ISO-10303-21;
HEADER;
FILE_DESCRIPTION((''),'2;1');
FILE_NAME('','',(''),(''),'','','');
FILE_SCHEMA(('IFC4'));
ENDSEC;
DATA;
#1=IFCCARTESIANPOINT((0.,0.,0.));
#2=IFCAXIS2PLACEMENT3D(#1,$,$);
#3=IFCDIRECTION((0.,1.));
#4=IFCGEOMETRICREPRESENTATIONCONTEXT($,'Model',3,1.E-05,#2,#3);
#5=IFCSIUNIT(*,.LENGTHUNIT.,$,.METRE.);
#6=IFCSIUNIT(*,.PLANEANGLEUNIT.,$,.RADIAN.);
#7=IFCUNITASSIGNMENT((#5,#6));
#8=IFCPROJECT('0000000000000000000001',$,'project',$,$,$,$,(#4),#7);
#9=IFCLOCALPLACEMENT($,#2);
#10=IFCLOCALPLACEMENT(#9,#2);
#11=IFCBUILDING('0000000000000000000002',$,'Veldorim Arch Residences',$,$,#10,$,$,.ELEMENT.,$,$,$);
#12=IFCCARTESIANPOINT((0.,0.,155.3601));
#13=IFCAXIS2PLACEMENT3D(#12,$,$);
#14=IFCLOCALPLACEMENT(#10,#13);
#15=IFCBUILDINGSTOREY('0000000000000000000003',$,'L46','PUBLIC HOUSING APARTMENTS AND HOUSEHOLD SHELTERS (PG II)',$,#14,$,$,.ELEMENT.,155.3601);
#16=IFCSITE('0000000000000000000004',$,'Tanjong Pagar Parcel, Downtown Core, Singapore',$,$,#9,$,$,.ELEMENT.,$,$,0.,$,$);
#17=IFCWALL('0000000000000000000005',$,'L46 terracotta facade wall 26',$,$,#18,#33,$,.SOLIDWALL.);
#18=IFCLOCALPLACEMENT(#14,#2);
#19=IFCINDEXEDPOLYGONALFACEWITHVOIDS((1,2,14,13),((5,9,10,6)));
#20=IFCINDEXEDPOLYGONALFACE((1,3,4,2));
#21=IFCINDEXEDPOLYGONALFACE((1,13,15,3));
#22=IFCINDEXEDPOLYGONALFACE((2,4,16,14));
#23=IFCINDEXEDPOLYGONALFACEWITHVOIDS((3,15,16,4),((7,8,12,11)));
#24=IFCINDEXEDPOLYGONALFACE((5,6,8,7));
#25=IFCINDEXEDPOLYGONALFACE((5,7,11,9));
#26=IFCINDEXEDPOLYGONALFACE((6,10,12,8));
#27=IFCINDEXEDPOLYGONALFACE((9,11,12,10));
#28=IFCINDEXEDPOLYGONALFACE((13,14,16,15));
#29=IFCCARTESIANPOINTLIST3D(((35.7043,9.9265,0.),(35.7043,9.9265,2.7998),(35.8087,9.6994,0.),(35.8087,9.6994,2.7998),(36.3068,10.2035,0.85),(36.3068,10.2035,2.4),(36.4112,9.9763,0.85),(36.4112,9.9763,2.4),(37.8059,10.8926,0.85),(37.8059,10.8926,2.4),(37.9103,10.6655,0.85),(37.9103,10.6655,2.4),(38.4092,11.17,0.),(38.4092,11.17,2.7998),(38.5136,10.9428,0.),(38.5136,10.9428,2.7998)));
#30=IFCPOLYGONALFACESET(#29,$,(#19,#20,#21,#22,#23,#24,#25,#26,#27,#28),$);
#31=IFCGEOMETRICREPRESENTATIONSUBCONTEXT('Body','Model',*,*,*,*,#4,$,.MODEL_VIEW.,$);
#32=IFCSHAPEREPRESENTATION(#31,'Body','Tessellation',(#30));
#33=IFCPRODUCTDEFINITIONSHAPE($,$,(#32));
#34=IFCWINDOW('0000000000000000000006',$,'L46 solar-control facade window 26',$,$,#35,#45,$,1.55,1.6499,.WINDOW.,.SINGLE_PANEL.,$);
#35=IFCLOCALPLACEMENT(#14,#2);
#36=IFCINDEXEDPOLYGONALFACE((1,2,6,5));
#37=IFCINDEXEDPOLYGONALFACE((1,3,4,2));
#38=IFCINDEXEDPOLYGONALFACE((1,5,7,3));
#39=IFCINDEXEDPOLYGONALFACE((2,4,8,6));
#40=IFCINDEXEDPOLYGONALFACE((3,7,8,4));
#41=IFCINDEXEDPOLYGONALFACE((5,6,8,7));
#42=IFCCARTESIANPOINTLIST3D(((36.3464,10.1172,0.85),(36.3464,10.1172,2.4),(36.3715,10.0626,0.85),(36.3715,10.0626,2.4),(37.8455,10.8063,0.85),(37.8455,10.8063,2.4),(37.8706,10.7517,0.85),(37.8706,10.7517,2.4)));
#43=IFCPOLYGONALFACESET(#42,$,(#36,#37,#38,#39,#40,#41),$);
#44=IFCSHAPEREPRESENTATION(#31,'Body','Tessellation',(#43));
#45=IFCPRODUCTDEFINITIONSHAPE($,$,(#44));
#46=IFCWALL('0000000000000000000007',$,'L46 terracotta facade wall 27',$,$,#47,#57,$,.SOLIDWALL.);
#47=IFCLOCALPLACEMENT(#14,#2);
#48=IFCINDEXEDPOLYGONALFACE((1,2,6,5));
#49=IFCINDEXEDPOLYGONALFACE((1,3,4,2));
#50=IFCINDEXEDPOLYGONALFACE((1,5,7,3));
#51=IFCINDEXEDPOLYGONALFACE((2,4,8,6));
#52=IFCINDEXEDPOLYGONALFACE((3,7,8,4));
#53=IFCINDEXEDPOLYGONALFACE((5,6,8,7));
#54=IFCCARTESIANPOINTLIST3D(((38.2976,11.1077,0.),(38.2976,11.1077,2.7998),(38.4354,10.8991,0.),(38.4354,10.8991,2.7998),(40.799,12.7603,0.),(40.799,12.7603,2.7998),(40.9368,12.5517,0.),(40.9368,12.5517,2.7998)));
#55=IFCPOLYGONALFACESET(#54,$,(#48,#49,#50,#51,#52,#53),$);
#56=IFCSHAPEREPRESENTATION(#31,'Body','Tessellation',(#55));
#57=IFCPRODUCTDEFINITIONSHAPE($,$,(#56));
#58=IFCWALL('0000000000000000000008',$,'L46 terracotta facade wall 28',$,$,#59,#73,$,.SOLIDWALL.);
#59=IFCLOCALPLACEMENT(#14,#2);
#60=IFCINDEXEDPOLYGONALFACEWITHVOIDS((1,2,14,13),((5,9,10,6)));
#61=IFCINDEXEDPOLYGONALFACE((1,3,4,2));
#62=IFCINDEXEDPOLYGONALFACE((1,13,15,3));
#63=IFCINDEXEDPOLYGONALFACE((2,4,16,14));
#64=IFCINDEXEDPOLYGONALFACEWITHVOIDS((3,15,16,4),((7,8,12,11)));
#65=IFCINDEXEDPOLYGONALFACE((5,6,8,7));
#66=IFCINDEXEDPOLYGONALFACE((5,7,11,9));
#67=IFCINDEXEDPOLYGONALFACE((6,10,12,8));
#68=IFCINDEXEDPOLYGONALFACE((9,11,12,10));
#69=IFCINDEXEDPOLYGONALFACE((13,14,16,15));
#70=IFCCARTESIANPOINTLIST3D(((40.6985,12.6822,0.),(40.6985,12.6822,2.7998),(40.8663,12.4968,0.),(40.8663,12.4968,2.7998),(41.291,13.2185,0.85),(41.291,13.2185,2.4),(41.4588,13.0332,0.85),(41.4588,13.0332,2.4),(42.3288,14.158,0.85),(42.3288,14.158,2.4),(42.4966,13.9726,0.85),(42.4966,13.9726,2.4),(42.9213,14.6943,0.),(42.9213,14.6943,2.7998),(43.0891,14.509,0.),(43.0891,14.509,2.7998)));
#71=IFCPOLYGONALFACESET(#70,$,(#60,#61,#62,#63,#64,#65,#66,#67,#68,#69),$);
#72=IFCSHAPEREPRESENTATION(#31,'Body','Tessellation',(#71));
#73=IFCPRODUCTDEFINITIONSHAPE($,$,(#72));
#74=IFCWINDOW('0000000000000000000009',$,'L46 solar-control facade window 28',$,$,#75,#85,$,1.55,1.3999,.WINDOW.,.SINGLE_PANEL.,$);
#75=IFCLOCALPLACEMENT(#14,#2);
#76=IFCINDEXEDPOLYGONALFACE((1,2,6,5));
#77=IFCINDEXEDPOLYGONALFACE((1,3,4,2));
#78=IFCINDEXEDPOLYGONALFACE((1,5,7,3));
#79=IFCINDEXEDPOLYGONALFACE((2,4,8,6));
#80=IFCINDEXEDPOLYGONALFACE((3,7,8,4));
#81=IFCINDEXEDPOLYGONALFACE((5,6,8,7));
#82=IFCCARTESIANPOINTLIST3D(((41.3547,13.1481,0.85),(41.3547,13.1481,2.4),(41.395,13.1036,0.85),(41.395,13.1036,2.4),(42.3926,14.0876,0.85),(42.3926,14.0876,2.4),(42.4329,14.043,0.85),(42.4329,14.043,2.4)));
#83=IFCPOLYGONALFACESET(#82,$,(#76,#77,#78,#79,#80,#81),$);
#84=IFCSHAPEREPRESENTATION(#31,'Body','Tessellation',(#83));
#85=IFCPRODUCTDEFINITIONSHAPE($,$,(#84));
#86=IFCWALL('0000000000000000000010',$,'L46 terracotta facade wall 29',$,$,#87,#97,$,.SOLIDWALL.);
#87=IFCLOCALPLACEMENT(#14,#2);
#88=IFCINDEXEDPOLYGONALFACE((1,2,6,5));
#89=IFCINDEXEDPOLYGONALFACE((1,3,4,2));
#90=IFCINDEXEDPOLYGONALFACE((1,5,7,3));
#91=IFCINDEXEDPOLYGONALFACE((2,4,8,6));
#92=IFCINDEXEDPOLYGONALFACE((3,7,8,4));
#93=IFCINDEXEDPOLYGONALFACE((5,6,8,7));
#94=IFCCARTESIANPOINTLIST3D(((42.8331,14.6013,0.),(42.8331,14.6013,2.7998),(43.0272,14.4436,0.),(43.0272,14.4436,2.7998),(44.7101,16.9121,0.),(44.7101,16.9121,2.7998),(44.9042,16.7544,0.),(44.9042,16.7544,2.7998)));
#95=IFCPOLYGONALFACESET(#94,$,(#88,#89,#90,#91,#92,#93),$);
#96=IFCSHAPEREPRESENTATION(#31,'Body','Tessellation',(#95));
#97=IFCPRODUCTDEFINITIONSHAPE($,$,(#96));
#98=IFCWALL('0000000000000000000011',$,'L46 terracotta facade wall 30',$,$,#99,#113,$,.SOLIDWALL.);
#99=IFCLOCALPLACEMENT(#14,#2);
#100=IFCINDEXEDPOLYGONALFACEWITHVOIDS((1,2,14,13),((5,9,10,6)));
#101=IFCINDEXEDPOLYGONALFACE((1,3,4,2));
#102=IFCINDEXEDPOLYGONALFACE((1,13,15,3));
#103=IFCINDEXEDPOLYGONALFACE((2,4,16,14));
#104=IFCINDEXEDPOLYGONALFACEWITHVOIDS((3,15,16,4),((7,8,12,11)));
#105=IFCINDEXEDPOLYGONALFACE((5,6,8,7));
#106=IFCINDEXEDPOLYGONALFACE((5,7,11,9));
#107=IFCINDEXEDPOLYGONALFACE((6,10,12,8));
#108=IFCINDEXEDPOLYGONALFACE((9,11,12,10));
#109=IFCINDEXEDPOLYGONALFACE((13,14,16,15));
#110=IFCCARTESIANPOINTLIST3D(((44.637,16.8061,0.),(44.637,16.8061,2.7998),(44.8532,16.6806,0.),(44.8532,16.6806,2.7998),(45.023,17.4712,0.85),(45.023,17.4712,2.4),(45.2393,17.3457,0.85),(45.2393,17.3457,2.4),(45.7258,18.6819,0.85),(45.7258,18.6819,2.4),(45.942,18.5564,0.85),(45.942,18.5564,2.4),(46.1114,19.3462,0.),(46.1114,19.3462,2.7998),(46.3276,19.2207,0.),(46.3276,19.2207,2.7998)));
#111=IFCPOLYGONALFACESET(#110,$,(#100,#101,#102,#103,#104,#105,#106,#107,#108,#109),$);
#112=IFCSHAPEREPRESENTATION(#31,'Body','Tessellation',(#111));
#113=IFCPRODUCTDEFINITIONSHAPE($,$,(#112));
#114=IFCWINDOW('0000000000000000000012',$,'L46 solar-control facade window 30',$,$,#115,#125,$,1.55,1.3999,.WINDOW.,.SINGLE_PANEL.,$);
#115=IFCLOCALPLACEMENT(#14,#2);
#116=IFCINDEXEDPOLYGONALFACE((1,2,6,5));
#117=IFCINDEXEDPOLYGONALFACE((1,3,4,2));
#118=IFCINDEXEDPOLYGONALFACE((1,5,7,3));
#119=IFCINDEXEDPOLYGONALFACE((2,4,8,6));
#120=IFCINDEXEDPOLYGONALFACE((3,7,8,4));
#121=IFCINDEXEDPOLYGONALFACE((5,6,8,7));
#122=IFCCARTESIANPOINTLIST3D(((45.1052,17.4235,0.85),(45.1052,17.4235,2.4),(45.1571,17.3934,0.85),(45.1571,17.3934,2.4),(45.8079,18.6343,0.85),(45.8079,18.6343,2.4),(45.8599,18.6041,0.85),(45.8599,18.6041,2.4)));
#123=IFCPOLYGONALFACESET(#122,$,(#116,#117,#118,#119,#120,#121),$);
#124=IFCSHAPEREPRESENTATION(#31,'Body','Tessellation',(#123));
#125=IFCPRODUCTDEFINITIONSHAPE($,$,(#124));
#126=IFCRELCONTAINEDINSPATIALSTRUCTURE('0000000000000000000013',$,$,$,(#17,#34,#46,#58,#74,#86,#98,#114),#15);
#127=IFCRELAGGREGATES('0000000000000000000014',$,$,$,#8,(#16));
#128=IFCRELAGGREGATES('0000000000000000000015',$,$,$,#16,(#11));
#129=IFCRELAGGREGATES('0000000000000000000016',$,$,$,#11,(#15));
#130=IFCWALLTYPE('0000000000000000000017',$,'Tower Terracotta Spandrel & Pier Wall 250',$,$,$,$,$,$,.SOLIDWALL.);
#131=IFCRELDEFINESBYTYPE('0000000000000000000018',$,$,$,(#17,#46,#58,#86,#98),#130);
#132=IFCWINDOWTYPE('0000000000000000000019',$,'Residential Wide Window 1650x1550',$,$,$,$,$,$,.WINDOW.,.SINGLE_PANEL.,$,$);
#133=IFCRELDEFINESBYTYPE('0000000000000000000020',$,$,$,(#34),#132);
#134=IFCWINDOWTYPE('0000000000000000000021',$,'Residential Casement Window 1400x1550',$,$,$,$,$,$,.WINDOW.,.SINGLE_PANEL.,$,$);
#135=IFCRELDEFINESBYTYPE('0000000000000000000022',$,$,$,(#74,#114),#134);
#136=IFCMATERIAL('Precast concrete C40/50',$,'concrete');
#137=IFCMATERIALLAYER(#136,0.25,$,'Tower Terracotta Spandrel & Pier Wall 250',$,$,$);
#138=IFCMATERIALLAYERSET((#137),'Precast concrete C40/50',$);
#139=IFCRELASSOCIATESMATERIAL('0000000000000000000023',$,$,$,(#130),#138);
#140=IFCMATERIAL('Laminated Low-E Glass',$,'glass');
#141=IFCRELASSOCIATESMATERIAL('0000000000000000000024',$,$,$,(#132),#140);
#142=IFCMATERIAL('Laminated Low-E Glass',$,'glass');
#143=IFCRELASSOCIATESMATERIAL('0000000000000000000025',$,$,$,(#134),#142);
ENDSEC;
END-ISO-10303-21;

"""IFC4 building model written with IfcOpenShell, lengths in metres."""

from ifc_helpers import new_model, si_unit, direction, frame, frame_2d, origin, place, context, subcontext, project, spatial, rectangle, extrude, material, layer, layer_set, type_object, element, fill, save


model = new_model("IFC4")

# Units and contexts
model_context = context("Model", 3, precision=1e-05, world=origin(), true_north=direction((0.0, 1.0)))
body_context = subcontext(model_context, "Body", "Model", "MODEL_VIEW")
ifc_project = project(units=[si_unit("LENGTHUNIT", "METRE"), si_unit("PLANEANGLEUNIT", "RADIAN")], contexts=[model_context])

# Site, building, storey
site_placement = place(None, origin())
site = spatial("IfcSite", under=ifc_project, at=site_placement, Name="Tanjong Pagar Parcel, Downtown Core, Singapore", CompositionType="ELEMENT", RefElevation=0.0)
building_placement = place(site_placement, origin())
building = spatial("IfcBuilding", under=site, at=building_placement, Name="Veldorim Arch Residences", CompositionType="ELEMENT")
storey_placement = place(building_placement, frame((0.0, 0.0, 155.3601)))
storey = spatial("IfcBuildingStorey", under=building, at=storey_placement, Name="L46", Description="PUBLIC HOUSING APARTMENTS AND HOUSEHOLD SHELTERS (PG II)", CompositionType="ELEMENT", Elevation=155.3601)

# Wall, opening, window
ifc_material_1 = material(Name="Precast concrete C40/50", Category="concrete")
ifc_layer_1 = layer(ifc_material_1, 0.25, Name="Tower Terracotta Spandrel & Pier Wall 250")
ifc_layer_set_1 = layer_set([ifc_layer_1], Name="Precast concrete C40/50")
wall_type_1 = type_object("IfcWallType", Name="Tower Terracotta Spandrel & Pier Wall 250", PredefinedType="SOLIDWALL", material=ifc_layer_set_1)
wall_1_placement = place(storey_placement, frame((38.4614, 11.0564, 0.0), z_axis=(0.0, 0.0, 1.0), x_axis=(-0.908594, -0.41768, 0.0)))
wall_1 = element("IfcWall", 1, at=wall_1_placement, inside=storey, type_object=wall_type_1, Name="L46 terracotta facade wall 26", PredefinedType="SOLIDWALL", context=body_context, shape_type="SweptSolid", body=[
    extrude(rectangle(XDim=2.9771, YDim=0.25, at=frame_2d((1.4885, 0.0))), origin(), (0.0, 0.0, 1.0), 2.7998),
])
opening_1_placement = place(wall_1_placement, frame((0.6641, 0.0, 0.8501)))
opening_1 = element("IfcOpeningElement", 2, at=opening_1_placement, cuts=wall_1, PredefinedType="OPENING", context=body_context, shape_type="SweptSolid", body=[
    extrude(rectangle(XDim=1.6499, YDim=1.55, at=frame_2d((0.825, 0.7749))), frame((0.0, 0.135, 0.0), z_axis=(0.0, -1.0, 0.0), x_axis=(1.0, 0.0, 0.0)), (0.0, 0.0, 1.0), 0.27),
])
ifc_material_2 = material(Name="Laminated Low-E Glass", Category="glass")
window_type_1 = type_object("IfcWindowType", Name="Residential Wide Window 1650x1550", PartitioningType="SINGLE_PANEL", PredefinedType="WINDOW", material=ifc_material_2)
window_1_placement = place(opening_1_placement, origin())
window_1 = element("IfcWindow", 3, at=window_1_placement, inside=storey, type_object=window_type_1, Name="L46 solar-control facade window 26", OverallHeight=1.55, OverallWidth=1.6499, PartitioningType="SINGLE_PANEL", PredefinedType="WINDOW", context=body_context, shape_type="SweptSolid", body=[
    extrude(rectangle(XDim=1.6499, YDim=1.55, at=frame_2d((0.825, 0.7749))), frame((0.0, 0.03, 0.0), z_axis=(0.0, -1.0, 0.0), x_axis=(1.0, 0.0, 0.0)), (0.0, 0.0, 1.0), 0.0601),
])
fill(opening_1, window_1)

# Wall
wall_2_placement = place(storey_placement, frame((40.8679, 12.656, 0.0), z_axis=(0.0, 0.0, 1.0), x_axis=(-0.834361, -0.551219, 0.0)))
element("IfcWall", 4, at=wall_2_placement, inside=storey, type_object=wall_type_1, Name="L46 terracotta facade wall 27", PredefinedType="SOLIDWALL", context=body_context, shape_type="SweptSolid", body=[
    extrude(rectangle(XDim=2.998, YDim=0.25, at=frame_2d((1.499, 0.0))), origin(), (0.0, 0.0, 1.0), 2.7998),
])

# Wall, opening, window
wall_3_placement = place(storey_placement, frame((43.0051, 14.6016, 0.0), z_axis=(0.0, 0.0, 1.0), x_axis=(-0.741368, -0.671099, 0.0)))
wall_3 = element("IfcWall", 5, at=wall_3_placement, inside=storey, type_object=wall_type_1, Name="L46 terracotta facade wall 28", PredefinedType="SOLIDWALL", context=body_context, shape_type="SweptSolid", body=[
    extrude(rectangle(XDim=2.9983, YDim=0.25, at=frame_2d((1.499, 0.0))), origin(), (0.0, 0.0, 1.0), 2.7998),
])
opening_2_placement = place(wall_3_placement, frame((0.7991, 0.0, 0.8501)))
opening_2 = element("IfcOpeningElement", 6, at=opening_2_placement, cuts=wall_3, PredefinedType="OPENING", context=body_context, shape_type="SweptSolid", body=[
    extrude(rectangle(XDim=1.3999, YDim=1.55, at=frame_2d((0.7, 0.7749))), frame((0.0, 0.135, 0.0), z_axis=(0.0, -1.0, 0.0), x_axis=(1.0, 0.0, 0.0)), (0.0, 0.0, 1.0), 0.27),
])
ifc_material_3 = material(Name="Laminated Low-E Glass", Category="glass")
window_type_2 = type_object("IfcWindowType", Name="Residential Casement Window 1400x1550", PartitioningType="SINGLE_PANEL", PredefinedType="WINDOW", material=ifc_material_3)
window_2_placement = place(opening_2_placement, origin())
window_2 = element("IfcWindow", 7, at=window_2_placement, inside=storey, type_object=window_type_2, Name="L46 solar-control facade window 28", OverallHeight=1.55, OverallWidth=1.3999, PartitioningType="SINGLE_PANEL", PredefinedType="WINDOW", context=body_context, shape_type="SweptSolid", body=[
    extrude(rectangle(XDim=1.3999, YDim=1.55, at=frame_2d((0.7, 0.7749))), frame((0.0, 0.03, 0.0), z_axis=(0.0, -1.0, 0.0), x_axis=(1.0, 0.0, 0.0)), (0.0, 0.0, 1.0), 0.0601),
])
fill(opening_2, window_2)

# Wall
wall_4_placement = place(storey_placement, frame((44.8071, 16.8333, 0.0), z_axis=(0.0, 0.0, 1.0), x_axis=(-0.630478, -0.776207, 0.0)))
element("IfcWall", 8, at=wall_4_placement, inside=storey, type_object=wall_type_1, Name="L46 terracotta facade wall 29", PredefinedType="SOLIDWALL", context=body_context, shape_type="SweptSolid", body=[
    extrude(rectangle(XDim=2.9771, YDim=0.25, at=frame_2d((1.4885, 0.0))), origin(), (0.0, 0.0, 1.0), 2.7998),
])

# Wall, opening, window
wall_5_placement = place(storey_placement, frame((46.2195, 19.2834, 0.0), z_axis=(0.0, 0.0, 1.0), x_axis=(-0.502009, -0.864862, 0.0)))
wall_5 = element("IfcWall", 9, at=wall_5_placement, inside=storey, type_object=wall_type_1, Name="L46 terracotta facade wall 30", PredefinedType="SOLIDWALL", context=body_context, shape_type="SweptSolid", body=[
    extrude(rectangle(XDim=2.937, YDim=0.25, at=frame_2d((1.4685, 0.0))), origin(), (0.0, 0.0, 1.0), 2.7998),
])
opening_3_placement = place(wall_5_placement, frame((0.7681, 0.0, 0.8501)))
opening_3 = element("IfcOpeningElement", 10, at=opening_3_placement, cuts=wall_5, PredefinedType="OPENING", context=body_context, shape_type="SweptSolid", body=[
    extrude(rectangle(XDim=1.3999, YDim=1.55, at=frame_2d((0.7, 0.7749))), frame((0.0, 0.135, 0.0), z_axis=(0.0, -1.0, 0.0), x_axis=(1.0, 0.0, 0.0)), (0.0, 0.0, 1.0), 0.27),
])
window_3_placement = place(opening_3_placement, origin())
window_3 = element("IfcWindow", 11, at=window_3_placement, inside=storey, type_object=window_type_2, Name="L46 solar-control facade window 30", OverallHeight=1.55, OverallWidth=1.3999, PartitioningType="SINGLE_PANEL", PredefinedType="WINDOW", context=body_context, shape_type="SweptSolid", body=[
    extrude(rectangle(XDim=1.3999, YDim=1.55, at=frame_2d((0.7, 0.7749))), frame((0.0, 0.03, 0.0), z_axis=(0.0, -1.0, 0.0), x_axis=(1.0, 0.0, 0.0)), (0.0, 0.0, 1.0), 0.0601),
])
fill(opening_3, window_3)

save(model, "model.ifc")
